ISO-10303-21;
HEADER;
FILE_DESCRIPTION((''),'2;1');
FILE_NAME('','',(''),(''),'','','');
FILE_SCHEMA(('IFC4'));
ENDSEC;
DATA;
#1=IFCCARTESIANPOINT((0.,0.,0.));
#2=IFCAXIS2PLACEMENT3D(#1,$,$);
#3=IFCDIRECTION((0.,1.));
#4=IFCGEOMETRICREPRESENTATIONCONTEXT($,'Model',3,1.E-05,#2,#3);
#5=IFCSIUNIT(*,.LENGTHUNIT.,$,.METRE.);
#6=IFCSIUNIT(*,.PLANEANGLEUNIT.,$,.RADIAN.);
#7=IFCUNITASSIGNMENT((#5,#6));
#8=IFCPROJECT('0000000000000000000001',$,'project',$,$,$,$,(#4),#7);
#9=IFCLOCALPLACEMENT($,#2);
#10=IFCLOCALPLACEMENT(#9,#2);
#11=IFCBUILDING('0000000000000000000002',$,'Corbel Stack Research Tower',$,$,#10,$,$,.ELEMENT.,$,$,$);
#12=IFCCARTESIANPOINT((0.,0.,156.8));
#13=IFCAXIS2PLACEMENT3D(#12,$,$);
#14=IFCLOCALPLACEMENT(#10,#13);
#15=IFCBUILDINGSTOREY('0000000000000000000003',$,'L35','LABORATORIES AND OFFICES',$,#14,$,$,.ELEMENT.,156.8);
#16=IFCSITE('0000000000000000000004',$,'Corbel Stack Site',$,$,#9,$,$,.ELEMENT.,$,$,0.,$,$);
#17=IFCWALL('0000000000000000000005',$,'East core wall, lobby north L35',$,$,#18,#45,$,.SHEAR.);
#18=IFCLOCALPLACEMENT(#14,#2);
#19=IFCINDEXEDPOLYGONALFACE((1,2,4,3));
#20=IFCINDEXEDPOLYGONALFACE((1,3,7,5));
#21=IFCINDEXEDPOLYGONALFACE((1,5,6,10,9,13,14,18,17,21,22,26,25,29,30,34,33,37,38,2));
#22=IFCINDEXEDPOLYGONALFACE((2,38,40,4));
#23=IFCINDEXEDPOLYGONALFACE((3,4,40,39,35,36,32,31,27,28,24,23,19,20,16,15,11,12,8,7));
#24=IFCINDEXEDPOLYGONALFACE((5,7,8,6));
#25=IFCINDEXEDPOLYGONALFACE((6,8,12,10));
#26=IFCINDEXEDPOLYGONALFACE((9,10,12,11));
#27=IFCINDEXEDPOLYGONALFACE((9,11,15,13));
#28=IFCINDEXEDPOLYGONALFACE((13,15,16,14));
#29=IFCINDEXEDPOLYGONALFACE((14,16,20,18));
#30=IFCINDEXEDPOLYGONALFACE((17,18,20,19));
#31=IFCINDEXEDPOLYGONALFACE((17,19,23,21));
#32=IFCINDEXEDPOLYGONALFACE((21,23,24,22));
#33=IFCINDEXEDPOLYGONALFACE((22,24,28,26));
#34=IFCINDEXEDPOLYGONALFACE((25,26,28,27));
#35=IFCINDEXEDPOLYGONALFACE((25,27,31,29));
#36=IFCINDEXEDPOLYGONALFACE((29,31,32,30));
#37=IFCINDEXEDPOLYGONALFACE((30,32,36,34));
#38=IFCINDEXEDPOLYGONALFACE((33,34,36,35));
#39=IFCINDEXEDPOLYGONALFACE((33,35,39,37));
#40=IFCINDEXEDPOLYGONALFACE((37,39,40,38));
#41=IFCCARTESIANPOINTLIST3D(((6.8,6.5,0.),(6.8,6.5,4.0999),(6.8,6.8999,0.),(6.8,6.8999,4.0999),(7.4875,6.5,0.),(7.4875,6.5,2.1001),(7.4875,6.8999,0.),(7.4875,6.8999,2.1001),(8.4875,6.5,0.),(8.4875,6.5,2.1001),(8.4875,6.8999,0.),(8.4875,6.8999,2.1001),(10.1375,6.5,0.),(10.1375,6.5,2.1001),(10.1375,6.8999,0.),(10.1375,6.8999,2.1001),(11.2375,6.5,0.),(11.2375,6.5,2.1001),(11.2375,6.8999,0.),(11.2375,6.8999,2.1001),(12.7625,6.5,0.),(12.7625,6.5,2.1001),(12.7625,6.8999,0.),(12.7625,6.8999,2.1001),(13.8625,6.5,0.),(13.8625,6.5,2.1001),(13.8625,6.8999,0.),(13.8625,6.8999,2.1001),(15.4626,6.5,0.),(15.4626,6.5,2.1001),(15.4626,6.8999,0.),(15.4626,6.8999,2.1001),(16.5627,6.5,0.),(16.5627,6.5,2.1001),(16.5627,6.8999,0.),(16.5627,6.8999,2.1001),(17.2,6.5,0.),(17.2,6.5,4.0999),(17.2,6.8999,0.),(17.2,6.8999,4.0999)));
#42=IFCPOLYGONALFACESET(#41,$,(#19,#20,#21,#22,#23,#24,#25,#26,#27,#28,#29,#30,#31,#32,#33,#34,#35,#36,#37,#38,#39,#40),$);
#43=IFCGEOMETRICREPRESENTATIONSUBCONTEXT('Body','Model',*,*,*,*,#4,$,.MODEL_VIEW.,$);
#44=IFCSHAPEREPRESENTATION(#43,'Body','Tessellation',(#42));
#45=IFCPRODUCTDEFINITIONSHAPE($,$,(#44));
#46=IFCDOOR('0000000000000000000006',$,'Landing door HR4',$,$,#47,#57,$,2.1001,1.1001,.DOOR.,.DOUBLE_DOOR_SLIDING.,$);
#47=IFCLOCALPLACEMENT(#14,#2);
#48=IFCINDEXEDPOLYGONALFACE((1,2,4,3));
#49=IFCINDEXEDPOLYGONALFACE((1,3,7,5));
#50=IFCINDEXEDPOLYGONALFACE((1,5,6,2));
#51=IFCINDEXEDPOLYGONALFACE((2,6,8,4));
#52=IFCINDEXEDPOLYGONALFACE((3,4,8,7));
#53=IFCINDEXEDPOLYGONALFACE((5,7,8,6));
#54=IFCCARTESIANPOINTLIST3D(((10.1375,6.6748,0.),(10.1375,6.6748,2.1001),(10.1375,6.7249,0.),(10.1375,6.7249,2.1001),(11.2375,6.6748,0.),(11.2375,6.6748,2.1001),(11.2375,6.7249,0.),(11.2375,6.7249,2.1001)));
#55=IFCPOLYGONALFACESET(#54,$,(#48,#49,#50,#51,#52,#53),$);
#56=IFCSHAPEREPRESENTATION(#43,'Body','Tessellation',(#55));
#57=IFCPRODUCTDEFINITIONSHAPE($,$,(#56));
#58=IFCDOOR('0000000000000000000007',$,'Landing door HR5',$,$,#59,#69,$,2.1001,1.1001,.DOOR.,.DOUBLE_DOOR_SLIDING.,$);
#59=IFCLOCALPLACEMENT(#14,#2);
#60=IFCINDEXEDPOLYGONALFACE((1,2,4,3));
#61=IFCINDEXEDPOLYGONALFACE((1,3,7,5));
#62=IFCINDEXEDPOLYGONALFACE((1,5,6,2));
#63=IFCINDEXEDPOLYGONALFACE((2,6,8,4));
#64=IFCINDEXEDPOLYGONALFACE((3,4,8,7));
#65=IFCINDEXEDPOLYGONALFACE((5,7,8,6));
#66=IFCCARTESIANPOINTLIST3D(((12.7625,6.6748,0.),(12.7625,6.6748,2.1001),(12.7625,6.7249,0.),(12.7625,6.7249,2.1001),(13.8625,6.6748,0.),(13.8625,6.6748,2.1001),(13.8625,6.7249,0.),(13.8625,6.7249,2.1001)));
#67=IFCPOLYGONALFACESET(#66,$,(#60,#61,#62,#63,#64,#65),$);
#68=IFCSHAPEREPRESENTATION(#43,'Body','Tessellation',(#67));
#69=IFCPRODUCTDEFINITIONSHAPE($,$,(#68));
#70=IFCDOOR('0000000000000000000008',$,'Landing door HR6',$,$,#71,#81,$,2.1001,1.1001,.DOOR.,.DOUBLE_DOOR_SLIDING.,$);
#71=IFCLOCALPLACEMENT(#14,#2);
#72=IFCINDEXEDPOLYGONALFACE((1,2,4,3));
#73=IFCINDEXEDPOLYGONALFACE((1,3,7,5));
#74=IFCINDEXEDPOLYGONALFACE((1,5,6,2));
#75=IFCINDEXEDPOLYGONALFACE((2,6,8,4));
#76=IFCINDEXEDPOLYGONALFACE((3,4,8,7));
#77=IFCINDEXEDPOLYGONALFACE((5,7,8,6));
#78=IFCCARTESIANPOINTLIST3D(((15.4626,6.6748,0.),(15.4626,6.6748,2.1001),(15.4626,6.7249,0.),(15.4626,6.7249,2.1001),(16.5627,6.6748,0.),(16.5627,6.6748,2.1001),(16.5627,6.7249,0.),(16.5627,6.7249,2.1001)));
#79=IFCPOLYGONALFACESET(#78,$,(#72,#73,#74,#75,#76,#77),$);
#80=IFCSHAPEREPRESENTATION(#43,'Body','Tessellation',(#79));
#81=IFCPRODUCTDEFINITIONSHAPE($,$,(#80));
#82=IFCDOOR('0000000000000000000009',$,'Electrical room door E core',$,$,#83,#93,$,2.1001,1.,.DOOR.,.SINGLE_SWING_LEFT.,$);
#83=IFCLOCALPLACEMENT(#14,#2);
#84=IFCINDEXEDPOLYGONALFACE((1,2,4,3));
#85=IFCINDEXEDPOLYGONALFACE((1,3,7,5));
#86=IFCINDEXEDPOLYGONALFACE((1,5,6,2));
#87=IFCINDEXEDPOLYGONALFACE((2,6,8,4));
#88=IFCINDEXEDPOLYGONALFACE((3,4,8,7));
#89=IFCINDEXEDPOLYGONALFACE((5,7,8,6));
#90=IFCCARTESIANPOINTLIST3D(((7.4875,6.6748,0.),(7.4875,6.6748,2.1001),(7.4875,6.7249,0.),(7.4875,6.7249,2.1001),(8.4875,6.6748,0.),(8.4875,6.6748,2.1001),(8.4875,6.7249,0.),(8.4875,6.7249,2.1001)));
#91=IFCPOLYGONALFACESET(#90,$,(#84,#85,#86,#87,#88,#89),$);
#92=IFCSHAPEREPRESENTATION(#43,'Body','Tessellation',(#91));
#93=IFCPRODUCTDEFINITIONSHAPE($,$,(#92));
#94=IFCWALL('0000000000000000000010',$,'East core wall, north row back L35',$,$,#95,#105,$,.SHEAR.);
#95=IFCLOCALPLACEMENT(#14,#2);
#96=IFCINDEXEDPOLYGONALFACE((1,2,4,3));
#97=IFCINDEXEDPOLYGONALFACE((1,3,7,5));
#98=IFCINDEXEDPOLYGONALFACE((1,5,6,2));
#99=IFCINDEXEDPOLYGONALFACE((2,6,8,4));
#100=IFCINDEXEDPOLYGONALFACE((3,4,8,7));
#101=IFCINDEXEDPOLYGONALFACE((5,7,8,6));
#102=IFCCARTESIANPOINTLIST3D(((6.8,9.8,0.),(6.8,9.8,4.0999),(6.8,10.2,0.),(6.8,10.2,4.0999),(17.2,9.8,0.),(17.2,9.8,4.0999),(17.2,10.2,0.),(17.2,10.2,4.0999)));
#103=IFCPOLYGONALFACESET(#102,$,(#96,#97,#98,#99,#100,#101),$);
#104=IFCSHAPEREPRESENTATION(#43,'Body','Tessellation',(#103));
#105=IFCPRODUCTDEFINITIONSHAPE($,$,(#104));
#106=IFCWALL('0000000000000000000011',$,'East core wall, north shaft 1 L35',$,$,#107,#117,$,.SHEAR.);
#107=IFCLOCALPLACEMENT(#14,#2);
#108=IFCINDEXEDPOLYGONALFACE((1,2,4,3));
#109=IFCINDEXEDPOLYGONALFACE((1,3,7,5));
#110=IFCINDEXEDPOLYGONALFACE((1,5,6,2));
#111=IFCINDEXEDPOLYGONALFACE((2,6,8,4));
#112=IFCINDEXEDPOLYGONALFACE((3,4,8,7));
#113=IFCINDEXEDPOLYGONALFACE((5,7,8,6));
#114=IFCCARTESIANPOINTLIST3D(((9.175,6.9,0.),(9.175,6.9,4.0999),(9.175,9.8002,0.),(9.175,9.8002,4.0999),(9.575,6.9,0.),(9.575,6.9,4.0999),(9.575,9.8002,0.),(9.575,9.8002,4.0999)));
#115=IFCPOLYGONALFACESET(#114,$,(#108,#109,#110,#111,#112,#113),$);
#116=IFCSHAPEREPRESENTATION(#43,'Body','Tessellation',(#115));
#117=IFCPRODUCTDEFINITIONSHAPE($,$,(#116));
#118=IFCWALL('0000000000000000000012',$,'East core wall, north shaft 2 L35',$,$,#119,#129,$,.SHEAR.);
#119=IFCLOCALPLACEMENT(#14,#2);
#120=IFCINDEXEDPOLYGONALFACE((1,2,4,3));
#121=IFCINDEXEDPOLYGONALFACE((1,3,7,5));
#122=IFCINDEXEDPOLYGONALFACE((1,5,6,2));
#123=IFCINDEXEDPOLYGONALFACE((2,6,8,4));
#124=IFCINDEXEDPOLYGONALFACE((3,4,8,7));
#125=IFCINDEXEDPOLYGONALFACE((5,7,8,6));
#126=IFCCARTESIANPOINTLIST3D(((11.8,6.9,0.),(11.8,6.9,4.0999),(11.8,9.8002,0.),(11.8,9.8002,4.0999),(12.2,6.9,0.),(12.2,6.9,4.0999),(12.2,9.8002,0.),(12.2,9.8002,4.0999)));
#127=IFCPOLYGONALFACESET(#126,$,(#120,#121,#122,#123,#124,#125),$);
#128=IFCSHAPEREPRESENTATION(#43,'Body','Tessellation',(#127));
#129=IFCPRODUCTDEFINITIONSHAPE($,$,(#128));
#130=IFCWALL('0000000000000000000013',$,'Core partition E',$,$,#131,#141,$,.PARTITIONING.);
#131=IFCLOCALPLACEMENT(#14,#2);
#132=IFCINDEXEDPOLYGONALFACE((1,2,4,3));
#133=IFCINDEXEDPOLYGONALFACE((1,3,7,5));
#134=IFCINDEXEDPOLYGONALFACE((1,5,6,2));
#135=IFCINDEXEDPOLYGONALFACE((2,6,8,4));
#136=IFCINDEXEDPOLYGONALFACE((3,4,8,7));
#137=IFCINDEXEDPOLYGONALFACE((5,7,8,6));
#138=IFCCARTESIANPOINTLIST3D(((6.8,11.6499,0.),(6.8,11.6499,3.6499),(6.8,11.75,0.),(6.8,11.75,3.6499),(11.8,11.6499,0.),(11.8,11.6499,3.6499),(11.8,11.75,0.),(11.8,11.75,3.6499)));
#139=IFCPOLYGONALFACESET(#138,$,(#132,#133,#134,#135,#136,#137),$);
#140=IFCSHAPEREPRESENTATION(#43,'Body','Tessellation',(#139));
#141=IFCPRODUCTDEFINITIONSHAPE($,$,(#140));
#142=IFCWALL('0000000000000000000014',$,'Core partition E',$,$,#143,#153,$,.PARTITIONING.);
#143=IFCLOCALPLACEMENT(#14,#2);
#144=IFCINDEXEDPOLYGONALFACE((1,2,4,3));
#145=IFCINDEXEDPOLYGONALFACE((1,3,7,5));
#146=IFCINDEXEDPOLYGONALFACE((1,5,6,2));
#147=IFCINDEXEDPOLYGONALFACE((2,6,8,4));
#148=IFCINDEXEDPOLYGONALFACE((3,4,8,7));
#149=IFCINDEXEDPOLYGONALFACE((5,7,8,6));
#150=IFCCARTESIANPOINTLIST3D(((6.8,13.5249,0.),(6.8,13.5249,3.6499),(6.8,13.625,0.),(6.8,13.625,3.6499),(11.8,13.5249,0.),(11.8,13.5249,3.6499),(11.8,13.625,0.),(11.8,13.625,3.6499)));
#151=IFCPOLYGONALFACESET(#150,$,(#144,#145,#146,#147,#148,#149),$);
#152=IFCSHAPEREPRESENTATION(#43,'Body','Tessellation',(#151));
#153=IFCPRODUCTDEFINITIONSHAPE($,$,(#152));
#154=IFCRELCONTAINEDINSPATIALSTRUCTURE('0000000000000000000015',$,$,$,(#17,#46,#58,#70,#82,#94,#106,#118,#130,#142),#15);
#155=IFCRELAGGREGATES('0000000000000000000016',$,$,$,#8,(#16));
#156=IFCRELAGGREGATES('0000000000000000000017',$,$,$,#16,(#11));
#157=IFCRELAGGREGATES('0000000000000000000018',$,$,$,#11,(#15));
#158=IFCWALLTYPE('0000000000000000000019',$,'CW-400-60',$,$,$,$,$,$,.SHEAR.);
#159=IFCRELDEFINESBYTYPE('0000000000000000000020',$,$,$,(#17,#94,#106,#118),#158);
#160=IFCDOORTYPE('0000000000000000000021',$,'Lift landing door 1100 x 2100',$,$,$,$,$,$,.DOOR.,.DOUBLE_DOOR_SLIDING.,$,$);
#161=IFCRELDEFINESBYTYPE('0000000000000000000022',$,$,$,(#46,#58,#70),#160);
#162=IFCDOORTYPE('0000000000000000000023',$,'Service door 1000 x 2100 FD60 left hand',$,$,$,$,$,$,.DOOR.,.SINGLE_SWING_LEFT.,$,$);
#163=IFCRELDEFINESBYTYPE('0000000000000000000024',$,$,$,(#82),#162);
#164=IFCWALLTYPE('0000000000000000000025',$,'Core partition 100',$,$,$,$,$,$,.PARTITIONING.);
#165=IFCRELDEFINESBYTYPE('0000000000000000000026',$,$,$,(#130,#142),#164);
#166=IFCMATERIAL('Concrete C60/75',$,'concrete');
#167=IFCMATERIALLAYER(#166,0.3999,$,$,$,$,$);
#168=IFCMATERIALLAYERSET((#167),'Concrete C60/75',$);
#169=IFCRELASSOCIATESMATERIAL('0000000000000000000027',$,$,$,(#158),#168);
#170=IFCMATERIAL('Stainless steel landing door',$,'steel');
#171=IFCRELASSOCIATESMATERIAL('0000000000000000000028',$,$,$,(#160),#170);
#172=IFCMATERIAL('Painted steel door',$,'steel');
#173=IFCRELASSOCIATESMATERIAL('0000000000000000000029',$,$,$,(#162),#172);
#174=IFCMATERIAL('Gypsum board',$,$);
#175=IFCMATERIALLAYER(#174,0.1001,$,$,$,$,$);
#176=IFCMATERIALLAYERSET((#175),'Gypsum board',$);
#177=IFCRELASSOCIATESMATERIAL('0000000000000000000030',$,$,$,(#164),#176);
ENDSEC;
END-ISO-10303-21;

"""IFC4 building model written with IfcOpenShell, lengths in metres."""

from ifc_helpers import new_model, si_unit, direction, frame, frame_2d, origin, place, context, subcontext, project, spatial, rectangle, extrude, material, layer, layer_set, type_object, element, fill, save


model = new_model("IFC4")

# Units and contexts
model_context = context("Model", 3, precision=1e-05, world=origin(), true_north=direction((0.0, 1.0)))
body_context = subcontext(model_context, "Body", "Model", "MODEL_VIEW")
ifc_project = project(units=[si_unit("LENGTHUNIT", "METRE"), si_unit("PLANEANGLEUNIT", "RADIAN")], contexts=[model_context])

# Site, building, storey
site_placement = place(None, origin())
site = spatial("IfcSite", under=ifc_project, at=site_placement, Name="Corbel Stack Site", CompositionType="ELEMENT", RefElevation=0.0)
building_placement = place(site_placement, origin())
building = spatial("IfcBuilding", under=site, at=building_placement, Name="Corbel Stack Research Tower", CompositionType="ELEMENT")
storey_placement = place(building_placement, frame((0.0, 0.0, 156.8)))
storey = spatial("IfcBuildingStorey", under=building, at=storey_placement, Name="L35", Description="LABORATORIES AND OFFICES", CompositionType="ELEMENT", Elevation=156.8)

# Wall, openings, doors
ifc_material_1 = material(Name="Concrete C60/75", Category="concrete")
ifc_layer_1 = layer(ifc_material_1, 0.3999)
ifc_layer_set_1 = layer_set([ifc_layer_1], Name="Concrete C60/75")
wall_type_1 = type_object("IfcWallType", Name="CW-400-60", PredefinedType="SHEAR", material=ifc_layer_set_1)
ifc_material_2 = material(Name="Stainless steel landing door", Category="steel")
door_type_1 = type_object("IfcDoorType", Name="Lift landing door 1100 x 2100", OperationType="DOUBLE_DOOR_SLIDING", PredefinedType="DOOR", material=ifc_material_2)
ifc_material_3 = material(Name="Painted steel door", Category="steel")
door_type_2 = type_object("IfcDoorType", Name="Service door 1000 x 2100 FD60 left hand", OperationType="SINGLE_SWING_LEFT", PredefinedType="DOOR", material=ifc_material_3)
wall_1_placement = place(storey_placement, frame((6.8, 6.7, 0.0), z_axis=(0.0, 0.0, 1.0), x_axis=(1.0, 0.0, 0.0)))
wall_1 = element("IfcWall", 1, at=wall_1_placement, inside=storey, type_object=wall_type_1, Name="East core wall, lobby north L35", PredefinedType="SHEAR", context=body_context, shape_type="SweptSolid", body=[
    extrude(rectangle(XDim=10.3999, YDim=0.3999, at=frame_2d((5.2, 0.0))), origin(), (0.0, 0.0, 1.0), 4.0999),
])
opening_1_placement = place(wall_1_placement, frame((3.3374, 0.0, 0.0)))
opening_1 = element("IfcOpeningElement", 2, at=opening_1_placement, cuts=wall_1, PredefinedType="OPENING", context=body_context, shape_type="SweptSolid", body=[
    extrude(rectangle(XDim=1.1001, YDim=2.1001, at=frame_2d((0.55, 1.05))), frame((0.0, 0.21, 0.0), z_axis=(0.0, -1.0, 0.0), x_axis=(1.0, 0.0, 0.0)), (0.0, 0.0, 1.0), 0.4199),
])
opening_2_placement = place(wall_1_placement, frame((5.9624, 0.0, 0.0)))
opening_2 = element("IfcOpeningElement", 3, at=opening_2_placement, cuts=wall_1, PredefinedType="OPENING", context=body_context, shape_type="SweptSolid", body=[
    extrude(rectangle(XDim=1.1001, YDim=2.1001, at=frame_2d((0.55, 1.05))), frame((0.0, 0.21, 0.0), z_axis=(0.0, -1.0, 0.0), x_axis=(1.0, 0.0, 0.0)), (0.0, 0.0, 1.0), 0.4199),
])
opening_3_placement = place(wall_1_placement, frame((8.6626, 0.0, 0.0)))
opening_3 = element("IfcOpeningElement", 4, at=opening_3_placement, cuts=wall_1, PredefinedType="OPENING", context=body_context, shape_type="SweptSolid", body=[
    extrude(rectangle(XDim=1.1001, YDim=2.1001, at=frame_2d((0.55, 1.05))), frame((0.0, 0.21, 0.0), z_axis=(0.0, -1.0, 0.0), x_axis=(1.0, 0.0, 0.0)), (0.0, 0.0, 1.0), 0.4199),
])
opening_4_placement = place(wall_1_placement, frame((0.6875, 0.0, 0.0)))
opening_4 = element("IfcOpeningElement", 5, at=opening_4_placement, cuts=wall_1, PredefinedType="OPENING", context=body_context, shape_type="SweptSolid", body=[
    extrude(rectangle(XDim=1.0, YDim=2.1001, at=frame_2d((0.5, 1.05))), frame((0.0, 0.21, 0.0), z_axis=(0.0, -1.0, 0.0), x_axis=(1.0, 0.0, 0.0)), (0.0, 0.0, 1.0), 0.4199),
])
door_1_placement = place(opening_1_placement, origin())
door_1 = element("IfcDoor", 6, at=door_1_placement, inside=storey, type_object=door_type_1, Name="Landing door HR4", OperationType="DOUBLE_DOOR_SLIDING", OverallHeight=2.1001, OverallWidth=1.1001, PredefinedType="DOOR", context=body_context, shape_type="SweptSolid", body=[
    extrude(rectangle(XDim=1.1001, YDim=2.1001, at=frame_2d((0.55, 1.05))), frame((0.0, 0.0249, 0.0), z_axis=(0.0, -1.0, 0.0), x_axis=(1.0, 0.0, 0.0)), (0.0, 0.0, 1.0), 0.05),
])
fill(opening_1, door_1)
door_2_placement = place(opening_2_placement, origin())
door_2 = element("IfcDoor", 7, at=door_2_placement, inside=storey, type_object=door_type_1, Name="Landing door HR5", OperationType="DOUBLE_DOOR_SLIDING", OverallHeight=2.1001, OverallWidth=1.1001, PredefinedType="DOOR", context=body_context, shape_type="SweptSolid", body=[
    extrude(rectangle(XDim=1.1001, YDim=2.1001, at=frame_2d((0.55, 1.05))), frame((0.0, 0.0249, 0.0), z_axis=(0.0, -1.0, 0.0), x_axis=(1.0, 0.0, 0.0)), (0.0, 0.0, 1.0), 0.05),
])
fill(opening_2, door_2)
door_3_placement = place(opening_3_placement, origin())
door_3 = element("IfcDoor", 8, at=door_3_placement, inside=storey, type_object=door_type_1, Name="Landing door HR6", OperationType="DOUBLE_DOOR_SLIDING", OverallHeight=2.1001, OverallWidth=1.1001, PredefinedType="DOOR", context=body_context, shape_type="SweptSolid", body=[
    extrude(rectangle(XDim=1.1001, YDim=2.1001, at=frame_2d((0.55, 1.05))), frame((0.0, 0.0249, 0.0), z_axis=(0.0, -1.0, 0.0), x_axis=(1.0, 0.0, 0.0)), (0.0, 0.0, 1.0), 0.05),
])
fill(opening_3, door_3)
door_4_placement = place(opening_4_placement, origin())
door_4 = element("IfcDoor", 9, at=door_4_placement, inside=storey, type_object=door_type_2, Name="Electrical room door E core", OperationType="SINGLE_SWING_LEFT", OverallHeight=2.1001, OverallWidth=1.0, PredefinedType="DOOR", context=body_context, shape_type="SweptSolid", body=[
    extrude(rectangle(XDim=1.0, YDim=2.1001, at=frame_2d((0.5, 1.05))), frame((0.0, 0.0249, 0.0), z_axis=(0.0, -1.0, 0.0), x_axis=(1.0, 0.0, 0.0)), (0.0, 0.0, 1.0), 0.05),
])
fill(opening_4, door_4)

# Walls
wall_2_placement = place(storey_placement, frame((6.8, 10.0, 0.0), z_axis=(0.0, 0.0, 1.0), x_axis=(1.0, 0.0, 0.0)))
element("IfcWall", 10, at=wall_2_placement, inside=storey, type_object=wall_type_1, Name="East core wall, north row back L35", PredefinedType="SHEAR", context=body_context, shape_type="SweptSolid", body=[
    extrude(rectangle(XDim=10.3999, YDim=0.3999, at=frame_2d((5.2, 0.0))), origin(), (0.0, 0.0, 1.0), 4.0999),
])
for number, where, z_axis, x_axis, name in (
    (11, (9.375, 6.8999, 0.0), (0.0, 0.0, 1.0), (0.0, 1.0, 0.0), "East core wall, north shaft 1 L35"),
    (12, (12.0, 6.8999, 0.0), (0.0, 0.0, 1.0), (0.0, 1.0, 0.0), "East core wall, north shaft 2 L35"),
):
    element("IfcWall", number, at=place(storey_placement, frame(where, z_axis=z_axis, x_axis=x_axis)), inside=storey, type_object=wall_type_1, Name=name, PredefinedType="SHEAR", context=body_context, shape_type="SweptSolid", body=[
        extrude(rectangle(XDim=2.9001, YDim=0.3999, at=frame_2d((1.4502, 0.0))), origin(), (0.0, 0.0, 1.0), 4.0999),
    ])
ifc_material_4 = material(Name="Gypsum board")
ifc_layer_2 = layer(ifc_material_4, 0.1001)
ifc_layer_set_2 = layer_set([ifc_layer_2], Name="Gypsum board")
wall_type_2 = type_object("IfcWallType", Name="Core partition 100", PredefinedType="PARTITIONING", material=ifc_layer_set_2)
for number, where, z_axis, x_axis, name in (
    (13, (6.8, 11.7, 0.0), (0.0, 0.0, 1.0), (1.0, 0.0, 0.0), "Core partition E"),
    (14, (6.8, 13.575, 0.0), (0.0, 0.0, 1.0), (1.0, 0.0, 0.0), "Core partition E"),
):
    element("IfcWall", number, at=place(storey_placement, frame(where, z_axis=z_axis, x_axis=x_axis)), inside=storey, type_object=wall_type_2, Name=name, PredefinedType="PARTITIONING", context=body_context, shape_type="SweptSolid", body=[
        extrude(rectangle(XDim=5.0, YDim=0.1001, at=frame_2d((2.5, 0.0))), origin(), (0.0, 0.0, 1.0), 3.6499),
    ])

save(model, "model.ifc")
